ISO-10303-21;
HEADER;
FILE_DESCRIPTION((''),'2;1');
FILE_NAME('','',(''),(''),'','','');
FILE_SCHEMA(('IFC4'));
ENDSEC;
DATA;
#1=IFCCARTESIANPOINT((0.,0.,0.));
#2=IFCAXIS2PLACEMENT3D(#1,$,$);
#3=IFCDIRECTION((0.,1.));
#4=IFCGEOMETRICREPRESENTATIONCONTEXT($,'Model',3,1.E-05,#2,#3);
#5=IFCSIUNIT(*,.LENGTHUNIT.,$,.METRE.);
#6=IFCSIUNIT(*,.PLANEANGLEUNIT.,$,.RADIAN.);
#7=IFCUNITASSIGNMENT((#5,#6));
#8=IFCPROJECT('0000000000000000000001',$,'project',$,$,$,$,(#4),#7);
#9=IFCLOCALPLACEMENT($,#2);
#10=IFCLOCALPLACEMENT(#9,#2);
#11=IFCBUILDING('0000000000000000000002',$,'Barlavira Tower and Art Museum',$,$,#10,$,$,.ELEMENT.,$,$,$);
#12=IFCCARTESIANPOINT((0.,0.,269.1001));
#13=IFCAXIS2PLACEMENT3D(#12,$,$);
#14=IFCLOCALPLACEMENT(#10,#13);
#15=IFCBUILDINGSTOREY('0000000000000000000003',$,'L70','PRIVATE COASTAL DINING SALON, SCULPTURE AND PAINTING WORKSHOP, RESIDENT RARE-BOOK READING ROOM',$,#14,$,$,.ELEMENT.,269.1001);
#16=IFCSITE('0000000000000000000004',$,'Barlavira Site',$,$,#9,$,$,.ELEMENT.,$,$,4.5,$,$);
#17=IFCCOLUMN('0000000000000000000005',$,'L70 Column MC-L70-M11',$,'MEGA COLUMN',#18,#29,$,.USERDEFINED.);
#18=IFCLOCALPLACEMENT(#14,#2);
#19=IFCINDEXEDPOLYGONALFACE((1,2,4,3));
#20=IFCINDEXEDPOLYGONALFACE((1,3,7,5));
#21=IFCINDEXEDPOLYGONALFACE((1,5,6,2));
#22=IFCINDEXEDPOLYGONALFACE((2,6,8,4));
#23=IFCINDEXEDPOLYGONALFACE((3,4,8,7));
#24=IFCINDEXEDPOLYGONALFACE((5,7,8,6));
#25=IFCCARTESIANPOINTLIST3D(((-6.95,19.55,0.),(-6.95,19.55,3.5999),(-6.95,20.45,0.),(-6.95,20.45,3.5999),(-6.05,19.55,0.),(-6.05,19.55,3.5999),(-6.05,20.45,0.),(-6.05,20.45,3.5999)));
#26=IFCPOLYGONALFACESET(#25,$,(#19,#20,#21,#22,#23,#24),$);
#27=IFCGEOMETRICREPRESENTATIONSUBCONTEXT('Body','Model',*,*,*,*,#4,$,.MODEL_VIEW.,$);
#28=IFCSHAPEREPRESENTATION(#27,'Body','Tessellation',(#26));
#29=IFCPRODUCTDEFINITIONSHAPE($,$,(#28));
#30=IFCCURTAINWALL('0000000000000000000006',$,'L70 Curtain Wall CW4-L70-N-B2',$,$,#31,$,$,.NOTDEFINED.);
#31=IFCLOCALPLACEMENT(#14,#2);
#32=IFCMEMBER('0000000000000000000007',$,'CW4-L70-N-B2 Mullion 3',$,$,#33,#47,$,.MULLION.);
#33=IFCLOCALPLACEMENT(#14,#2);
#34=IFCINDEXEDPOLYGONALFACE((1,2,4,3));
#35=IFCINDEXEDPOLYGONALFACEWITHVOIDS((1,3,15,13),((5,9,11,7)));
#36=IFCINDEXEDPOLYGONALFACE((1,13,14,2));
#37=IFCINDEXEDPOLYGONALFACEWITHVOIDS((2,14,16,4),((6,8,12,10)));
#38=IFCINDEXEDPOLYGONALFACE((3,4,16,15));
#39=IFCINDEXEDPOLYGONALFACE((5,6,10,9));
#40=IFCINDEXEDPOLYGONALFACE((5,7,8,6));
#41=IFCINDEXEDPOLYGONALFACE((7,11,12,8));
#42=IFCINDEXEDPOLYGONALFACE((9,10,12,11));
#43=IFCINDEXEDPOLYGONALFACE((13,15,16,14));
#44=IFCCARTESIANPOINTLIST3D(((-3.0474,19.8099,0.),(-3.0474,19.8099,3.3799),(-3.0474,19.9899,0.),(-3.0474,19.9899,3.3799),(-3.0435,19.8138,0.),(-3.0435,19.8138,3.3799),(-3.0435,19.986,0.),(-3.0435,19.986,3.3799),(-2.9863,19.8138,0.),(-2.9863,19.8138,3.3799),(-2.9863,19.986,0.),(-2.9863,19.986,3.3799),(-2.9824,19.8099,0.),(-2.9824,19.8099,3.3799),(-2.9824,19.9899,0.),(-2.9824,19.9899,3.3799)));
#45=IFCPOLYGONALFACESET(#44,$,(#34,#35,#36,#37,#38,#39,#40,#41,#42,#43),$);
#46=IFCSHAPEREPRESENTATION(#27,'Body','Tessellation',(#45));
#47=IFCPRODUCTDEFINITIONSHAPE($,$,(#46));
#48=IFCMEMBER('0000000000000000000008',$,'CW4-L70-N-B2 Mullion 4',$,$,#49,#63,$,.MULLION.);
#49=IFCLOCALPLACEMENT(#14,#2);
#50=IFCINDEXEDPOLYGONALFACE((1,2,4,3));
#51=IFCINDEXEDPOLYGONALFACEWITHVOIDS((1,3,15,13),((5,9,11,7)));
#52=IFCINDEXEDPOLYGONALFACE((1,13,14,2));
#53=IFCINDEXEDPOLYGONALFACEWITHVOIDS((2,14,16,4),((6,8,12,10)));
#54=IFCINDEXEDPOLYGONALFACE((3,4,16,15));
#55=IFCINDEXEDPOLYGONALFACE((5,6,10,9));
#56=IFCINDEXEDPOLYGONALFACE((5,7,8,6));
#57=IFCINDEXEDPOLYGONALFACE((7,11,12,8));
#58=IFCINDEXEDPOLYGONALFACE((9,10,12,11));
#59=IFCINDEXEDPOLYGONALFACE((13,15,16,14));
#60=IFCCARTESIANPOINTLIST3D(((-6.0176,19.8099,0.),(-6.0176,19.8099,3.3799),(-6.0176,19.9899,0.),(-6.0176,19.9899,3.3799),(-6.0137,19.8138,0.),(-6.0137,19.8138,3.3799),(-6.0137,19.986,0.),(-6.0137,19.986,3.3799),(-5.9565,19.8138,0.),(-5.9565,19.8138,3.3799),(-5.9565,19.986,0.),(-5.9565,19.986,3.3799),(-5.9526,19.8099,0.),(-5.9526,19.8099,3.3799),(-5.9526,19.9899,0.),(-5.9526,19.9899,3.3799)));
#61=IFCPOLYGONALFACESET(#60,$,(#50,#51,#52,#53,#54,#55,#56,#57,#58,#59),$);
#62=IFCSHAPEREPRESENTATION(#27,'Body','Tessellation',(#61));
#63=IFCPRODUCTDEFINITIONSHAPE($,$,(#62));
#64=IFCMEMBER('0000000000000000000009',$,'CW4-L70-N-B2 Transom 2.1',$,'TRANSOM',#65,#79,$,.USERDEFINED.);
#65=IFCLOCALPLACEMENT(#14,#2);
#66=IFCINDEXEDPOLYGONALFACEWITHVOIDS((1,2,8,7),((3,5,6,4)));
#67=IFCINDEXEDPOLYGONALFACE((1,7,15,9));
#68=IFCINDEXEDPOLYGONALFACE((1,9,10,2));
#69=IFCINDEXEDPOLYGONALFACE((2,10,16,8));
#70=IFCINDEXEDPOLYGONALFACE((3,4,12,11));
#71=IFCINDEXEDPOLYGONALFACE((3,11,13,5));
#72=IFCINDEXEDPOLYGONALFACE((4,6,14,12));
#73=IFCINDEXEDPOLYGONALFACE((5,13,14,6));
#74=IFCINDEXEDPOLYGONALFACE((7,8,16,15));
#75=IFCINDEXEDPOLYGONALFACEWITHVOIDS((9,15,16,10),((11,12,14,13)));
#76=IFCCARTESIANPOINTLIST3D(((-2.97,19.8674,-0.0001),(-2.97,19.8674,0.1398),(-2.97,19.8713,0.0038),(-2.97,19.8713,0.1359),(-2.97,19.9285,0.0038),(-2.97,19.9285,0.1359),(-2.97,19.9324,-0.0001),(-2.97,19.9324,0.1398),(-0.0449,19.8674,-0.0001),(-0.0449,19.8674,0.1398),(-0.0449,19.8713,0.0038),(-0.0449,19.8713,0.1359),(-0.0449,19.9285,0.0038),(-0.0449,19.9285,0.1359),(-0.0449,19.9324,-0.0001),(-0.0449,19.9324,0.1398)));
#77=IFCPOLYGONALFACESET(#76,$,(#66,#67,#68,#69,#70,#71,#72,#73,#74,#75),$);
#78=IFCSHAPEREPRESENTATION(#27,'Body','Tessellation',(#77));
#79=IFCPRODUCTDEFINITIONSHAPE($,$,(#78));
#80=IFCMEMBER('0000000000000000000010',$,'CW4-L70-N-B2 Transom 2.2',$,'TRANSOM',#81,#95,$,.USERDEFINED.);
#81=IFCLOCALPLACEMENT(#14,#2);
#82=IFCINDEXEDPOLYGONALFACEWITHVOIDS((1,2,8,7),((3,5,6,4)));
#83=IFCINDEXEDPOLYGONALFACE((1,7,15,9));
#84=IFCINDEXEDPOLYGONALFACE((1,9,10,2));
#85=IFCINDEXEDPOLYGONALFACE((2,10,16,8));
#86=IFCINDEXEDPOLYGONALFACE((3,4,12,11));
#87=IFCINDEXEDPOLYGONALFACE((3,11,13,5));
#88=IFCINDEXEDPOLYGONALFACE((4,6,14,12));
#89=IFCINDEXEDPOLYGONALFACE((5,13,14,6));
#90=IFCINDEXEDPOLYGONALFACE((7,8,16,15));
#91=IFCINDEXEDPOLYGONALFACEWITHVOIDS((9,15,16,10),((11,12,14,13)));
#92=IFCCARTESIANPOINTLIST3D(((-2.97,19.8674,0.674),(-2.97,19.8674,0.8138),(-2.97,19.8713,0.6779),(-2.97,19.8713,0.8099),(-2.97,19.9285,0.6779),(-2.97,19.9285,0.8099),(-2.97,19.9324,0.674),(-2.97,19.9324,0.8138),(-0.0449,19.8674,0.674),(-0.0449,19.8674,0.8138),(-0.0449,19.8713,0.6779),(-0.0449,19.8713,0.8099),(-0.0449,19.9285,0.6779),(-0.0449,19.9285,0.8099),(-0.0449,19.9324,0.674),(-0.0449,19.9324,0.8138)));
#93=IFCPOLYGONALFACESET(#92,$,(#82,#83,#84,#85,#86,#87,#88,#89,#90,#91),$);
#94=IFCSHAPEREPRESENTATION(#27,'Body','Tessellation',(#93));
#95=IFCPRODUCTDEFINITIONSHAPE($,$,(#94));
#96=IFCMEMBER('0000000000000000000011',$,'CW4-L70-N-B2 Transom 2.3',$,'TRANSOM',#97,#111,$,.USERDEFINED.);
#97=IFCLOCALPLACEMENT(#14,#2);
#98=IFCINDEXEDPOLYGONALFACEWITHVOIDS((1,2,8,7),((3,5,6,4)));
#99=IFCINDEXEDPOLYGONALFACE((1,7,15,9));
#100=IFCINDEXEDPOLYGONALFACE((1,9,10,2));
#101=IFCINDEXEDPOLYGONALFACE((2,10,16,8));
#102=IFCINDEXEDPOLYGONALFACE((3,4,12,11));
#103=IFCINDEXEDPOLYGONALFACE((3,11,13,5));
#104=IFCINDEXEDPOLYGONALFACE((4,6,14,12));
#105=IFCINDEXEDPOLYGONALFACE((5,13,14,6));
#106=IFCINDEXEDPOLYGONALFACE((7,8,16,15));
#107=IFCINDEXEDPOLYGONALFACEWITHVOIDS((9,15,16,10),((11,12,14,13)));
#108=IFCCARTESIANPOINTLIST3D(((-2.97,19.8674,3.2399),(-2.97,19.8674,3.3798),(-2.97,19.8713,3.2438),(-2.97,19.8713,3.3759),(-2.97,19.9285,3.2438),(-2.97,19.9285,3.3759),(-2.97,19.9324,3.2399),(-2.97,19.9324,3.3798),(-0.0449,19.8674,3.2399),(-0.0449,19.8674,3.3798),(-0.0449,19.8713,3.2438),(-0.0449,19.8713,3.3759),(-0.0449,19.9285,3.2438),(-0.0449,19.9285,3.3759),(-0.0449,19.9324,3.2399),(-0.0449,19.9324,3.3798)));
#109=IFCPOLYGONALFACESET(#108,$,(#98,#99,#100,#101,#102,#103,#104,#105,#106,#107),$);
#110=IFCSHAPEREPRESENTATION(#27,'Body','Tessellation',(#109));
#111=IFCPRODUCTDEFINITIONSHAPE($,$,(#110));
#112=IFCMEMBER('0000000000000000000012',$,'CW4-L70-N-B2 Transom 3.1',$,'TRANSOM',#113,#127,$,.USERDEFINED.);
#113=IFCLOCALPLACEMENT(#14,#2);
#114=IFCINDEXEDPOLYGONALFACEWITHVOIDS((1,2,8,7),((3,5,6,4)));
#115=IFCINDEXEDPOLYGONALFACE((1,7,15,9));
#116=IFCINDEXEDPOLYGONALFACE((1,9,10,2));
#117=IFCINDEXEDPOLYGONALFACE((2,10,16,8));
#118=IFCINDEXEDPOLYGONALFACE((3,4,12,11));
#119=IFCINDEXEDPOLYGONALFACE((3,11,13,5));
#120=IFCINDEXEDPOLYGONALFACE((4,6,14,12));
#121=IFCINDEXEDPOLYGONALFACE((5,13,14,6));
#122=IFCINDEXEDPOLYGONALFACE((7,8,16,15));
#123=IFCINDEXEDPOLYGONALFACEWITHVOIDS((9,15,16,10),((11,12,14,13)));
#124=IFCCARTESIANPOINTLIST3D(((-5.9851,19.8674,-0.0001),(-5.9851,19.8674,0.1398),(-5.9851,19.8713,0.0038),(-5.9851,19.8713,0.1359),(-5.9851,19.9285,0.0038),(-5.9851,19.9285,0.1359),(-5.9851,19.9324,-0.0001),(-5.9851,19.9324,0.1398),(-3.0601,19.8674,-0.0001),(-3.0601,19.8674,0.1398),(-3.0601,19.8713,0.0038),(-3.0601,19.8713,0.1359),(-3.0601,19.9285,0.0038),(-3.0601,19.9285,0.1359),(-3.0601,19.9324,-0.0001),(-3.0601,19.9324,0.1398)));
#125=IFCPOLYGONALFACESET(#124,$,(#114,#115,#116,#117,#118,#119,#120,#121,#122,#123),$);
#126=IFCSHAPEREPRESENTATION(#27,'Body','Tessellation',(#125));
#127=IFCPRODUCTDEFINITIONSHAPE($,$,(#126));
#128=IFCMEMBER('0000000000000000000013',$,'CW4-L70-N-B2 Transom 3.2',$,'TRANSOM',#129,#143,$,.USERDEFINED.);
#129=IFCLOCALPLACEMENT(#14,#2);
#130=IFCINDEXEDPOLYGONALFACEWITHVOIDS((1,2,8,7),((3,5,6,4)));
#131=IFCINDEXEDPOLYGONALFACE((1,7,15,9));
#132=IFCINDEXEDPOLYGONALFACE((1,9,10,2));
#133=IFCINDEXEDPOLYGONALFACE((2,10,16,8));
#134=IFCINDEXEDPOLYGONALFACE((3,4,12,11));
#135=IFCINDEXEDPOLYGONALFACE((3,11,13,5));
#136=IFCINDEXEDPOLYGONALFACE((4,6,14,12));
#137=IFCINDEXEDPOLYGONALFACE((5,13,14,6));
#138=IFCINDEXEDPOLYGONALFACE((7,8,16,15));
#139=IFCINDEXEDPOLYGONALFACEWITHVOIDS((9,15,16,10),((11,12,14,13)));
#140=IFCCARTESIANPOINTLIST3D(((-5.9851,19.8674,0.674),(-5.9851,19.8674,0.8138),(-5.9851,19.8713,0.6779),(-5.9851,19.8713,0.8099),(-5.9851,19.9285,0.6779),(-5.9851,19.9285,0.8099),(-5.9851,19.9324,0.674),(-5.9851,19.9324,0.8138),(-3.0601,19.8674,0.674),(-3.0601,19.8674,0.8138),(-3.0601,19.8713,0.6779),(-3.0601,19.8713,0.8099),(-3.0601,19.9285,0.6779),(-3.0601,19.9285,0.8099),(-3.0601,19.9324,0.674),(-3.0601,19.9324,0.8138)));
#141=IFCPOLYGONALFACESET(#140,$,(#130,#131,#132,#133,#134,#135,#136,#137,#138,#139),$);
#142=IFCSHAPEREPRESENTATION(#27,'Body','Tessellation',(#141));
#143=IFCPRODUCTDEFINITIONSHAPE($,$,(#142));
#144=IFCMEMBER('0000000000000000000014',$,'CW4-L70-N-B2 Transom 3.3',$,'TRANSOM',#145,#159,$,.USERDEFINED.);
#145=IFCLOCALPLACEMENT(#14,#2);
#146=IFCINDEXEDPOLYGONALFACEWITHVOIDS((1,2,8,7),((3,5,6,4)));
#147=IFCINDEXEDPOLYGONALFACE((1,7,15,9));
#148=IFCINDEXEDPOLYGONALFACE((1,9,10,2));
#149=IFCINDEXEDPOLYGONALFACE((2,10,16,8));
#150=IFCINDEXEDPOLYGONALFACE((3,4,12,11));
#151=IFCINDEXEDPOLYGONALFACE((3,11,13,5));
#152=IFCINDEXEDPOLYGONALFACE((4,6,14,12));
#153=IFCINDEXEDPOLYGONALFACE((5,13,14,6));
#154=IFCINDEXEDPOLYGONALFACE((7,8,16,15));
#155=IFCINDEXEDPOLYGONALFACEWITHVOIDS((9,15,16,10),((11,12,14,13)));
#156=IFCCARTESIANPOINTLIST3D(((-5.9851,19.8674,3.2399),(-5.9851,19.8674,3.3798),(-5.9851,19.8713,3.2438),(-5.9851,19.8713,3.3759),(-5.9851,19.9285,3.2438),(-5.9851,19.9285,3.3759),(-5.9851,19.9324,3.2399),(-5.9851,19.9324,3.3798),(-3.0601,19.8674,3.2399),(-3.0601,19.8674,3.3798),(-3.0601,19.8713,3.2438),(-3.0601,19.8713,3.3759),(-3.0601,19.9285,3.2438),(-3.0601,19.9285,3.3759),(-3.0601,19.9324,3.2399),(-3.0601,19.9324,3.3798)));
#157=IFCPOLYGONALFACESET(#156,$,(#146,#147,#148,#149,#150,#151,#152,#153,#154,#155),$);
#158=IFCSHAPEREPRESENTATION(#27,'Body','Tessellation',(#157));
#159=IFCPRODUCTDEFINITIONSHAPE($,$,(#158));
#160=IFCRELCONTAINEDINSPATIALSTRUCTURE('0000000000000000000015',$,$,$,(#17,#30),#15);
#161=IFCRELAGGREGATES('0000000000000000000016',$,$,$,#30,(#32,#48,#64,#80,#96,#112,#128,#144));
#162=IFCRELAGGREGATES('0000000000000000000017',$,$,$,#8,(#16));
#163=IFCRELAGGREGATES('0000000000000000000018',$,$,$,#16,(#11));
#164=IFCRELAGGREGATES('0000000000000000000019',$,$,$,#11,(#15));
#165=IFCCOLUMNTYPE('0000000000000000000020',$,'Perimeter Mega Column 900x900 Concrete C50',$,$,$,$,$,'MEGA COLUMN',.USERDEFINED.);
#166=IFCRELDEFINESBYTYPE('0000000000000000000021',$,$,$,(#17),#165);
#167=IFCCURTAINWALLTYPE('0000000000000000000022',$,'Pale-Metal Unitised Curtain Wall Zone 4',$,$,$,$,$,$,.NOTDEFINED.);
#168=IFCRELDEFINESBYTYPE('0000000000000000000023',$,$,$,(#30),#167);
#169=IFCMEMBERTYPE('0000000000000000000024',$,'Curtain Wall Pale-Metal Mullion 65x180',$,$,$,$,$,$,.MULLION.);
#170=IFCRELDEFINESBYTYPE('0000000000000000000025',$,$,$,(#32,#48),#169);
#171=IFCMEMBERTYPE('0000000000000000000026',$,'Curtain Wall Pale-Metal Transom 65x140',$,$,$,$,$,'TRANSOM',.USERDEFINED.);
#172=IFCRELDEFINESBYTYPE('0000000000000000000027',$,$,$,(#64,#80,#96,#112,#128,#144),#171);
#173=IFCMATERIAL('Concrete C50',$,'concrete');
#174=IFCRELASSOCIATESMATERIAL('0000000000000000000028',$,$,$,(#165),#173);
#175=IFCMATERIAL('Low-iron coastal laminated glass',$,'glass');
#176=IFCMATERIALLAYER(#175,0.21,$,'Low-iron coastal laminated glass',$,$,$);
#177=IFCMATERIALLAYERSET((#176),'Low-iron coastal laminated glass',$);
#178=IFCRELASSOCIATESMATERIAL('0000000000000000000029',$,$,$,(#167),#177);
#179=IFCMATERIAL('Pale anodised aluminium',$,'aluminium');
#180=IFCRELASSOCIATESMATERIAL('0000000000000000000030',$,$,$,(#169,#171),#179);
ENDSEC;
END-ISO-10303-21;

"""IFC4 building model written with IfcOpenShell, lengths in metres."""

from ifc_helpers import new_model, si_unit, direction, frame, origin, origin_2d, place, context, subcontext, project, spatial, rectangle, hollow_rectangle, extrude, material, layer, layer_set, material_profile, profile_set, type_object, element, aggregate, save


model = new_model("IFC4")

# Units and contexts
model_context = context("Model", 3, precision=1e-05, world=origin(), true_north=direction((0.0, 1.0)))
body_context = subcontext(model_context, "Body", "Model", "MODEL_VIEW")
ifc_project = project(units=[si_unit("LENGTHUNIT", "METRE"), si_unit("PLANEANGLEUNIT", "RADIAN")], contexts=[model_context])

# Site, building, storey
site_placement = place(None, origin())
site = spatial("IfcSite", under=ifc_project, at=site_placement, Name="Barlavira Site", CompositionType="ELEMENT", RefElevation=4.5)
building_placement = place(site_placement, origin())
building = spatial("IfcBuilding", under=site, at=building_placement, Name="Barlavira Tower and Art Museum", CompositionType="ELEMENT")
storey_placement = place(building_placement, frame((0.0, 0.0, 269.1001)))
storey = spatial("IfcBuildingStorey", under=building, at=storey_placement, Name="L70", Description="PRIVATE COASTAL DINING SALON, SCULPTURE AND PAINTING WORKSHOP, RESIDENT RARE-BOOK READING ROOM", CompositionType="ELEMENT", Elevation=269.1001)

# Column
ifc_material_1 = material(Name="Concrete C50", Category="concrete")
ifc_material_profile_1 = material_profile(ifc_material_1, rectangle(XDim=0.8999, YDim=0.8999, at=origin_2d()), Name="RC-COL 900x900")
ifc_profile_set_1 = profile_set([ifc_material_profile_1], Name="Concrete C50")
column_type = type_object("IfcColumnType", Name="Perimeter Mega Column 900x900 Concrete C50", ElementType="MEGA COLUMN", PredefinedType="USERDEFINED", material=ifc_profile_set_1)
column_placement = place(storey_placement, frame((-6.5, 20.0, 0.0), z_axis=(0.0, 0.0, 1.0), x_axis=(1.0, 0.0, 0.0)))
element("IfcColumn", 1, at=column_placement, inside=storey, type_object=column_type, Name="L70 Column MC-L70-M11", ObjectType="MEGA COLUMN", PredefinedType="USERDEFINED", context=body_context, shape_type="SweptSolid", body=[
    extrude(rectangle(XDim=0.8999, YDim=0.8999, at=origin_2d()), origin(), (0.0, 0.0, 1.0), 3.5999),
])

# Curtain wall, members
ifc_material_2 = material(Name="Low-iron coastal laminated glass", Category="glass")
ifc_layer_1 = layer(ifc_material_2, 0.21, Name="Low-iron coastal laminated glass")
ifc_layer_set_1 = layer_set([ifc_layer_1], Name="Low-iron coastal laminated glass")
curtain_wall_type = type_object("IfcCurtainWallType", Name="Pale-Metal Unitised Curtain Wall Zone 4", PredefinedType="NOTDEFINED", material=ifc_layer_set_1)
curtain_wall_placement = place(storey_placement, origin())
curtain_wall = element("IfcCurtainWall", 2, at=curtain_wall_placement, inside=storey, type_object=curtain_wall_type, Name="L70 Curtain Wall CW4-L70-N-B2", PredefinedType="NOTDEFINED")
ifc_material_3 = material(Name="Pale anodised aluminium", Category="aluminium")
ifc_material_profile_2 = material_profile(ifc_material_3, hollow_rectangle(XDim=0.0649, YDim=0.1799, WallThickness=0.0039, at=origin_2d()), Name="ALU-MULL 65x180x4")
ifc_profile_set_2 = profile_set([ifc_material_profile_2], Name="Pale anodised aluminium")
member_type_1 = type_object("IfcMemberType", Name="Curtain Wall Pale-Metal Mullion 65x180", PredefinedType="MULLION", material=ifc_profile_set_2)
member_1_placement = place(storey_placement, frame((-3.0149, 19.8999, 0.0), z_axis=(0.0, 0.0, 1.0), x_axis=(-1.0, 0.0, 0.0)))
member_1 = element("IfcMember", 3, at=member_1_placement, type_object=member_type_1, Name="CW4-L70-N-B2 Mullion 3", PredefinedType="MULLION", context=body_context, shape_type="SweptSolid", body=[
    extrude(hollow_rectangle(XDim=0.0649, YDim=0.1799, WallThickness=0.0039, at=origin_2d()), origin(), (0.0, 0.0, 1.0), 3.3799),
])
member_2_placement = place(storey_placement, frame((-5.9851, 19.8999, 0.0), z_axis=(0.0, 0.0, 1.0), x_axis=(-1.0, 0.0, 0.0)))
member_2 = element("IfcMember", 4, at=member_2_placement, type_object=member_type_1, Name="CW4-L70-N-B2 Mullion 4", PredefinedType="MULLION", context=body_context, shape_type="SweptSolid", body=[
    extrude(hollow_rectangle(XDim=0.0649, YDim=0.1799, WallThickness=0.0039, at=origin_2d()), origin(), (0.0, 0.0, 1.0), 3.3799),
])
ifc_material_profile_3 = material_profile(ifc_material_3, hollow_rectangle(XDim=0.0649, YDim=0.1399, WallThickness=0.0039, at=origin_2d()), Name="ALU-TRAN 65x140x4")
ifc_profile_set_3 = profile_set([ifc_material_profile_3], Name="Pale anodised aluminium")
member_type_2 = type_object("IfcMemberType", Name="Curtain Wall Pale-Metal Transom 65x140", ElementType="TRANSOM", PredefinedType="USERDEFINED", material=ifc_profile_set_3)
member_3_placement = place(storey_placement, frame((-0.0449, 19.8999, 0.0698), z_axis=(-1.0, 0.0, 0.0), x_axis=(0.0, -1.0, 0.0)))
member_3 = element("IfcMember", 5, at=member_3_placement, type_object=member_type_2, Name="CW4-L70-N-B2 Transom 2.1", ObjectType="TRANSOM", PredefinedType="USERDEFINED", context=body_context, shape_type="SweptSolid", body=[
    extrude(hollow_rectangle(XDim=0.0649, YDim=0.1399, WallThickness=0.0039, at=origin_2d()), origin(), (0.0, 0.0, 1.0), 2.925),
])
member_4_placement = place(storey_placement, frame((-0.0449, 19.8999, 0.7439), z_axis=(-1.0, 0.0, 0.0), x_axis=(0.0, -1.0, 0.0)))
member_4 = element("IfcMember", 6, at=member_4_placement, type_object=member_type_2, Name="CW4-L70-N-B2 Transom 2.2", ObjectType="TRANSOM", PredefinedType="USERDEFINED", context=body_context, shape_type="SweptSolid", body=[
    extrude(hollow_rectangle(XDim=0.0649, YDim=0.1399, WallThickness=0.0039, at=origin_2d()), origin(), (0.0, 0.0, 1.0), 2.925),
])
member_5_placement = place(storey_placement, frame((-0.0449, 19.8999, 3.3098), z_axis=(-1.0, 0.0, 0.0), x_axis=(0.0, -1.0, 0.0)))
member_5 = element("IfcMember", 7, at=member_5_placement, type_object=member_type_2, Name="CW4-L70-N-B2 Transom 2.3", ObjectType="TRANSOM", PredefinedType="USERDEFINED", context=body_context, shape_type="SweptSolid", body=[
    extrude(hollow_rectangle(XDim=0.0649, YDim=0.1399, WallThickness=0.0039, at=origin_2d()), origin(), (0.0, 0.0, 1.0), 2.925),
])
member_6_placement = place(storey_placement, frame((-3.0601, 19.8999, 0.0698), z_axis=(-1.0, 0.0, 0.0), x_axis=(0.0, -1.0, 0.0)))
member_6 = element("IfcMember", 8, at=member_6_placement, type_object=member_type_2, Name="CW4-L70-N-B2 Transom 3.1", ObjectType="TRANSOM", PredefinedType="USERDEFINED", context=body_context, shape_type="SweptSolid", body=[
    extrude(hollow_rectangle(XDim=0.0649, YDim=0.1399, WallThickness=0.0039, at=origin_2d()), origin(), (0.0, 0.0, 1.0), 2.925),
])
member_7_placement = place(storey_placement, frame((-3.0601, 19.8999, 0.7439), z_axis=(-1.0, 0.0, 0.0), x_axis=(0.0, -1.0, 0.0)))
member_7 = element("IfcMember", 9, at=member_7_placement, type_object=member_type_2, Name="CW4-L70-N-B2 Transom 3.2", ObjectType="TRANSOM", PredefinedType="USERDEFINED", context=body_context, shape_type="SweptSolid", body=[
    extrude(hollow_rectangle(XDim=0.0649, YDim=0.1399, WallThickness=0.0039, at=origin_2d()), origin(), (0.0, 0.0, 1.0), 2.925),
])
member_8_placement = place(storey_placement, frame((-3.0601, 19.8999, 3.3098), z_axis=(-1.0, 0.0, 0.0), x_axis=(0.0, -1.0, 0.0)))
member_8 = element("IfcMember", 10, at=member_8_placement, type_object=member_type_2, Name="CW4-L70-N-B2 Transom 3.3", ObjectType="TRANSOM", PredefinedType="USERDEFINED", context=body_context, shape_type="SweptSolid", body=[
    extrude(hollow_rectangle(XDim=0.0649, YDim=0.1399, WallThickness=0.0039, at=origin_2d()), origin(), (0.0, 0.0, 1.0), 2.925),
])

aggregate(curtain_wall, [member_1, member_2, member_3, member_4, member_5, member_6, member_7, member_8])

save(model, "model.ifc")
